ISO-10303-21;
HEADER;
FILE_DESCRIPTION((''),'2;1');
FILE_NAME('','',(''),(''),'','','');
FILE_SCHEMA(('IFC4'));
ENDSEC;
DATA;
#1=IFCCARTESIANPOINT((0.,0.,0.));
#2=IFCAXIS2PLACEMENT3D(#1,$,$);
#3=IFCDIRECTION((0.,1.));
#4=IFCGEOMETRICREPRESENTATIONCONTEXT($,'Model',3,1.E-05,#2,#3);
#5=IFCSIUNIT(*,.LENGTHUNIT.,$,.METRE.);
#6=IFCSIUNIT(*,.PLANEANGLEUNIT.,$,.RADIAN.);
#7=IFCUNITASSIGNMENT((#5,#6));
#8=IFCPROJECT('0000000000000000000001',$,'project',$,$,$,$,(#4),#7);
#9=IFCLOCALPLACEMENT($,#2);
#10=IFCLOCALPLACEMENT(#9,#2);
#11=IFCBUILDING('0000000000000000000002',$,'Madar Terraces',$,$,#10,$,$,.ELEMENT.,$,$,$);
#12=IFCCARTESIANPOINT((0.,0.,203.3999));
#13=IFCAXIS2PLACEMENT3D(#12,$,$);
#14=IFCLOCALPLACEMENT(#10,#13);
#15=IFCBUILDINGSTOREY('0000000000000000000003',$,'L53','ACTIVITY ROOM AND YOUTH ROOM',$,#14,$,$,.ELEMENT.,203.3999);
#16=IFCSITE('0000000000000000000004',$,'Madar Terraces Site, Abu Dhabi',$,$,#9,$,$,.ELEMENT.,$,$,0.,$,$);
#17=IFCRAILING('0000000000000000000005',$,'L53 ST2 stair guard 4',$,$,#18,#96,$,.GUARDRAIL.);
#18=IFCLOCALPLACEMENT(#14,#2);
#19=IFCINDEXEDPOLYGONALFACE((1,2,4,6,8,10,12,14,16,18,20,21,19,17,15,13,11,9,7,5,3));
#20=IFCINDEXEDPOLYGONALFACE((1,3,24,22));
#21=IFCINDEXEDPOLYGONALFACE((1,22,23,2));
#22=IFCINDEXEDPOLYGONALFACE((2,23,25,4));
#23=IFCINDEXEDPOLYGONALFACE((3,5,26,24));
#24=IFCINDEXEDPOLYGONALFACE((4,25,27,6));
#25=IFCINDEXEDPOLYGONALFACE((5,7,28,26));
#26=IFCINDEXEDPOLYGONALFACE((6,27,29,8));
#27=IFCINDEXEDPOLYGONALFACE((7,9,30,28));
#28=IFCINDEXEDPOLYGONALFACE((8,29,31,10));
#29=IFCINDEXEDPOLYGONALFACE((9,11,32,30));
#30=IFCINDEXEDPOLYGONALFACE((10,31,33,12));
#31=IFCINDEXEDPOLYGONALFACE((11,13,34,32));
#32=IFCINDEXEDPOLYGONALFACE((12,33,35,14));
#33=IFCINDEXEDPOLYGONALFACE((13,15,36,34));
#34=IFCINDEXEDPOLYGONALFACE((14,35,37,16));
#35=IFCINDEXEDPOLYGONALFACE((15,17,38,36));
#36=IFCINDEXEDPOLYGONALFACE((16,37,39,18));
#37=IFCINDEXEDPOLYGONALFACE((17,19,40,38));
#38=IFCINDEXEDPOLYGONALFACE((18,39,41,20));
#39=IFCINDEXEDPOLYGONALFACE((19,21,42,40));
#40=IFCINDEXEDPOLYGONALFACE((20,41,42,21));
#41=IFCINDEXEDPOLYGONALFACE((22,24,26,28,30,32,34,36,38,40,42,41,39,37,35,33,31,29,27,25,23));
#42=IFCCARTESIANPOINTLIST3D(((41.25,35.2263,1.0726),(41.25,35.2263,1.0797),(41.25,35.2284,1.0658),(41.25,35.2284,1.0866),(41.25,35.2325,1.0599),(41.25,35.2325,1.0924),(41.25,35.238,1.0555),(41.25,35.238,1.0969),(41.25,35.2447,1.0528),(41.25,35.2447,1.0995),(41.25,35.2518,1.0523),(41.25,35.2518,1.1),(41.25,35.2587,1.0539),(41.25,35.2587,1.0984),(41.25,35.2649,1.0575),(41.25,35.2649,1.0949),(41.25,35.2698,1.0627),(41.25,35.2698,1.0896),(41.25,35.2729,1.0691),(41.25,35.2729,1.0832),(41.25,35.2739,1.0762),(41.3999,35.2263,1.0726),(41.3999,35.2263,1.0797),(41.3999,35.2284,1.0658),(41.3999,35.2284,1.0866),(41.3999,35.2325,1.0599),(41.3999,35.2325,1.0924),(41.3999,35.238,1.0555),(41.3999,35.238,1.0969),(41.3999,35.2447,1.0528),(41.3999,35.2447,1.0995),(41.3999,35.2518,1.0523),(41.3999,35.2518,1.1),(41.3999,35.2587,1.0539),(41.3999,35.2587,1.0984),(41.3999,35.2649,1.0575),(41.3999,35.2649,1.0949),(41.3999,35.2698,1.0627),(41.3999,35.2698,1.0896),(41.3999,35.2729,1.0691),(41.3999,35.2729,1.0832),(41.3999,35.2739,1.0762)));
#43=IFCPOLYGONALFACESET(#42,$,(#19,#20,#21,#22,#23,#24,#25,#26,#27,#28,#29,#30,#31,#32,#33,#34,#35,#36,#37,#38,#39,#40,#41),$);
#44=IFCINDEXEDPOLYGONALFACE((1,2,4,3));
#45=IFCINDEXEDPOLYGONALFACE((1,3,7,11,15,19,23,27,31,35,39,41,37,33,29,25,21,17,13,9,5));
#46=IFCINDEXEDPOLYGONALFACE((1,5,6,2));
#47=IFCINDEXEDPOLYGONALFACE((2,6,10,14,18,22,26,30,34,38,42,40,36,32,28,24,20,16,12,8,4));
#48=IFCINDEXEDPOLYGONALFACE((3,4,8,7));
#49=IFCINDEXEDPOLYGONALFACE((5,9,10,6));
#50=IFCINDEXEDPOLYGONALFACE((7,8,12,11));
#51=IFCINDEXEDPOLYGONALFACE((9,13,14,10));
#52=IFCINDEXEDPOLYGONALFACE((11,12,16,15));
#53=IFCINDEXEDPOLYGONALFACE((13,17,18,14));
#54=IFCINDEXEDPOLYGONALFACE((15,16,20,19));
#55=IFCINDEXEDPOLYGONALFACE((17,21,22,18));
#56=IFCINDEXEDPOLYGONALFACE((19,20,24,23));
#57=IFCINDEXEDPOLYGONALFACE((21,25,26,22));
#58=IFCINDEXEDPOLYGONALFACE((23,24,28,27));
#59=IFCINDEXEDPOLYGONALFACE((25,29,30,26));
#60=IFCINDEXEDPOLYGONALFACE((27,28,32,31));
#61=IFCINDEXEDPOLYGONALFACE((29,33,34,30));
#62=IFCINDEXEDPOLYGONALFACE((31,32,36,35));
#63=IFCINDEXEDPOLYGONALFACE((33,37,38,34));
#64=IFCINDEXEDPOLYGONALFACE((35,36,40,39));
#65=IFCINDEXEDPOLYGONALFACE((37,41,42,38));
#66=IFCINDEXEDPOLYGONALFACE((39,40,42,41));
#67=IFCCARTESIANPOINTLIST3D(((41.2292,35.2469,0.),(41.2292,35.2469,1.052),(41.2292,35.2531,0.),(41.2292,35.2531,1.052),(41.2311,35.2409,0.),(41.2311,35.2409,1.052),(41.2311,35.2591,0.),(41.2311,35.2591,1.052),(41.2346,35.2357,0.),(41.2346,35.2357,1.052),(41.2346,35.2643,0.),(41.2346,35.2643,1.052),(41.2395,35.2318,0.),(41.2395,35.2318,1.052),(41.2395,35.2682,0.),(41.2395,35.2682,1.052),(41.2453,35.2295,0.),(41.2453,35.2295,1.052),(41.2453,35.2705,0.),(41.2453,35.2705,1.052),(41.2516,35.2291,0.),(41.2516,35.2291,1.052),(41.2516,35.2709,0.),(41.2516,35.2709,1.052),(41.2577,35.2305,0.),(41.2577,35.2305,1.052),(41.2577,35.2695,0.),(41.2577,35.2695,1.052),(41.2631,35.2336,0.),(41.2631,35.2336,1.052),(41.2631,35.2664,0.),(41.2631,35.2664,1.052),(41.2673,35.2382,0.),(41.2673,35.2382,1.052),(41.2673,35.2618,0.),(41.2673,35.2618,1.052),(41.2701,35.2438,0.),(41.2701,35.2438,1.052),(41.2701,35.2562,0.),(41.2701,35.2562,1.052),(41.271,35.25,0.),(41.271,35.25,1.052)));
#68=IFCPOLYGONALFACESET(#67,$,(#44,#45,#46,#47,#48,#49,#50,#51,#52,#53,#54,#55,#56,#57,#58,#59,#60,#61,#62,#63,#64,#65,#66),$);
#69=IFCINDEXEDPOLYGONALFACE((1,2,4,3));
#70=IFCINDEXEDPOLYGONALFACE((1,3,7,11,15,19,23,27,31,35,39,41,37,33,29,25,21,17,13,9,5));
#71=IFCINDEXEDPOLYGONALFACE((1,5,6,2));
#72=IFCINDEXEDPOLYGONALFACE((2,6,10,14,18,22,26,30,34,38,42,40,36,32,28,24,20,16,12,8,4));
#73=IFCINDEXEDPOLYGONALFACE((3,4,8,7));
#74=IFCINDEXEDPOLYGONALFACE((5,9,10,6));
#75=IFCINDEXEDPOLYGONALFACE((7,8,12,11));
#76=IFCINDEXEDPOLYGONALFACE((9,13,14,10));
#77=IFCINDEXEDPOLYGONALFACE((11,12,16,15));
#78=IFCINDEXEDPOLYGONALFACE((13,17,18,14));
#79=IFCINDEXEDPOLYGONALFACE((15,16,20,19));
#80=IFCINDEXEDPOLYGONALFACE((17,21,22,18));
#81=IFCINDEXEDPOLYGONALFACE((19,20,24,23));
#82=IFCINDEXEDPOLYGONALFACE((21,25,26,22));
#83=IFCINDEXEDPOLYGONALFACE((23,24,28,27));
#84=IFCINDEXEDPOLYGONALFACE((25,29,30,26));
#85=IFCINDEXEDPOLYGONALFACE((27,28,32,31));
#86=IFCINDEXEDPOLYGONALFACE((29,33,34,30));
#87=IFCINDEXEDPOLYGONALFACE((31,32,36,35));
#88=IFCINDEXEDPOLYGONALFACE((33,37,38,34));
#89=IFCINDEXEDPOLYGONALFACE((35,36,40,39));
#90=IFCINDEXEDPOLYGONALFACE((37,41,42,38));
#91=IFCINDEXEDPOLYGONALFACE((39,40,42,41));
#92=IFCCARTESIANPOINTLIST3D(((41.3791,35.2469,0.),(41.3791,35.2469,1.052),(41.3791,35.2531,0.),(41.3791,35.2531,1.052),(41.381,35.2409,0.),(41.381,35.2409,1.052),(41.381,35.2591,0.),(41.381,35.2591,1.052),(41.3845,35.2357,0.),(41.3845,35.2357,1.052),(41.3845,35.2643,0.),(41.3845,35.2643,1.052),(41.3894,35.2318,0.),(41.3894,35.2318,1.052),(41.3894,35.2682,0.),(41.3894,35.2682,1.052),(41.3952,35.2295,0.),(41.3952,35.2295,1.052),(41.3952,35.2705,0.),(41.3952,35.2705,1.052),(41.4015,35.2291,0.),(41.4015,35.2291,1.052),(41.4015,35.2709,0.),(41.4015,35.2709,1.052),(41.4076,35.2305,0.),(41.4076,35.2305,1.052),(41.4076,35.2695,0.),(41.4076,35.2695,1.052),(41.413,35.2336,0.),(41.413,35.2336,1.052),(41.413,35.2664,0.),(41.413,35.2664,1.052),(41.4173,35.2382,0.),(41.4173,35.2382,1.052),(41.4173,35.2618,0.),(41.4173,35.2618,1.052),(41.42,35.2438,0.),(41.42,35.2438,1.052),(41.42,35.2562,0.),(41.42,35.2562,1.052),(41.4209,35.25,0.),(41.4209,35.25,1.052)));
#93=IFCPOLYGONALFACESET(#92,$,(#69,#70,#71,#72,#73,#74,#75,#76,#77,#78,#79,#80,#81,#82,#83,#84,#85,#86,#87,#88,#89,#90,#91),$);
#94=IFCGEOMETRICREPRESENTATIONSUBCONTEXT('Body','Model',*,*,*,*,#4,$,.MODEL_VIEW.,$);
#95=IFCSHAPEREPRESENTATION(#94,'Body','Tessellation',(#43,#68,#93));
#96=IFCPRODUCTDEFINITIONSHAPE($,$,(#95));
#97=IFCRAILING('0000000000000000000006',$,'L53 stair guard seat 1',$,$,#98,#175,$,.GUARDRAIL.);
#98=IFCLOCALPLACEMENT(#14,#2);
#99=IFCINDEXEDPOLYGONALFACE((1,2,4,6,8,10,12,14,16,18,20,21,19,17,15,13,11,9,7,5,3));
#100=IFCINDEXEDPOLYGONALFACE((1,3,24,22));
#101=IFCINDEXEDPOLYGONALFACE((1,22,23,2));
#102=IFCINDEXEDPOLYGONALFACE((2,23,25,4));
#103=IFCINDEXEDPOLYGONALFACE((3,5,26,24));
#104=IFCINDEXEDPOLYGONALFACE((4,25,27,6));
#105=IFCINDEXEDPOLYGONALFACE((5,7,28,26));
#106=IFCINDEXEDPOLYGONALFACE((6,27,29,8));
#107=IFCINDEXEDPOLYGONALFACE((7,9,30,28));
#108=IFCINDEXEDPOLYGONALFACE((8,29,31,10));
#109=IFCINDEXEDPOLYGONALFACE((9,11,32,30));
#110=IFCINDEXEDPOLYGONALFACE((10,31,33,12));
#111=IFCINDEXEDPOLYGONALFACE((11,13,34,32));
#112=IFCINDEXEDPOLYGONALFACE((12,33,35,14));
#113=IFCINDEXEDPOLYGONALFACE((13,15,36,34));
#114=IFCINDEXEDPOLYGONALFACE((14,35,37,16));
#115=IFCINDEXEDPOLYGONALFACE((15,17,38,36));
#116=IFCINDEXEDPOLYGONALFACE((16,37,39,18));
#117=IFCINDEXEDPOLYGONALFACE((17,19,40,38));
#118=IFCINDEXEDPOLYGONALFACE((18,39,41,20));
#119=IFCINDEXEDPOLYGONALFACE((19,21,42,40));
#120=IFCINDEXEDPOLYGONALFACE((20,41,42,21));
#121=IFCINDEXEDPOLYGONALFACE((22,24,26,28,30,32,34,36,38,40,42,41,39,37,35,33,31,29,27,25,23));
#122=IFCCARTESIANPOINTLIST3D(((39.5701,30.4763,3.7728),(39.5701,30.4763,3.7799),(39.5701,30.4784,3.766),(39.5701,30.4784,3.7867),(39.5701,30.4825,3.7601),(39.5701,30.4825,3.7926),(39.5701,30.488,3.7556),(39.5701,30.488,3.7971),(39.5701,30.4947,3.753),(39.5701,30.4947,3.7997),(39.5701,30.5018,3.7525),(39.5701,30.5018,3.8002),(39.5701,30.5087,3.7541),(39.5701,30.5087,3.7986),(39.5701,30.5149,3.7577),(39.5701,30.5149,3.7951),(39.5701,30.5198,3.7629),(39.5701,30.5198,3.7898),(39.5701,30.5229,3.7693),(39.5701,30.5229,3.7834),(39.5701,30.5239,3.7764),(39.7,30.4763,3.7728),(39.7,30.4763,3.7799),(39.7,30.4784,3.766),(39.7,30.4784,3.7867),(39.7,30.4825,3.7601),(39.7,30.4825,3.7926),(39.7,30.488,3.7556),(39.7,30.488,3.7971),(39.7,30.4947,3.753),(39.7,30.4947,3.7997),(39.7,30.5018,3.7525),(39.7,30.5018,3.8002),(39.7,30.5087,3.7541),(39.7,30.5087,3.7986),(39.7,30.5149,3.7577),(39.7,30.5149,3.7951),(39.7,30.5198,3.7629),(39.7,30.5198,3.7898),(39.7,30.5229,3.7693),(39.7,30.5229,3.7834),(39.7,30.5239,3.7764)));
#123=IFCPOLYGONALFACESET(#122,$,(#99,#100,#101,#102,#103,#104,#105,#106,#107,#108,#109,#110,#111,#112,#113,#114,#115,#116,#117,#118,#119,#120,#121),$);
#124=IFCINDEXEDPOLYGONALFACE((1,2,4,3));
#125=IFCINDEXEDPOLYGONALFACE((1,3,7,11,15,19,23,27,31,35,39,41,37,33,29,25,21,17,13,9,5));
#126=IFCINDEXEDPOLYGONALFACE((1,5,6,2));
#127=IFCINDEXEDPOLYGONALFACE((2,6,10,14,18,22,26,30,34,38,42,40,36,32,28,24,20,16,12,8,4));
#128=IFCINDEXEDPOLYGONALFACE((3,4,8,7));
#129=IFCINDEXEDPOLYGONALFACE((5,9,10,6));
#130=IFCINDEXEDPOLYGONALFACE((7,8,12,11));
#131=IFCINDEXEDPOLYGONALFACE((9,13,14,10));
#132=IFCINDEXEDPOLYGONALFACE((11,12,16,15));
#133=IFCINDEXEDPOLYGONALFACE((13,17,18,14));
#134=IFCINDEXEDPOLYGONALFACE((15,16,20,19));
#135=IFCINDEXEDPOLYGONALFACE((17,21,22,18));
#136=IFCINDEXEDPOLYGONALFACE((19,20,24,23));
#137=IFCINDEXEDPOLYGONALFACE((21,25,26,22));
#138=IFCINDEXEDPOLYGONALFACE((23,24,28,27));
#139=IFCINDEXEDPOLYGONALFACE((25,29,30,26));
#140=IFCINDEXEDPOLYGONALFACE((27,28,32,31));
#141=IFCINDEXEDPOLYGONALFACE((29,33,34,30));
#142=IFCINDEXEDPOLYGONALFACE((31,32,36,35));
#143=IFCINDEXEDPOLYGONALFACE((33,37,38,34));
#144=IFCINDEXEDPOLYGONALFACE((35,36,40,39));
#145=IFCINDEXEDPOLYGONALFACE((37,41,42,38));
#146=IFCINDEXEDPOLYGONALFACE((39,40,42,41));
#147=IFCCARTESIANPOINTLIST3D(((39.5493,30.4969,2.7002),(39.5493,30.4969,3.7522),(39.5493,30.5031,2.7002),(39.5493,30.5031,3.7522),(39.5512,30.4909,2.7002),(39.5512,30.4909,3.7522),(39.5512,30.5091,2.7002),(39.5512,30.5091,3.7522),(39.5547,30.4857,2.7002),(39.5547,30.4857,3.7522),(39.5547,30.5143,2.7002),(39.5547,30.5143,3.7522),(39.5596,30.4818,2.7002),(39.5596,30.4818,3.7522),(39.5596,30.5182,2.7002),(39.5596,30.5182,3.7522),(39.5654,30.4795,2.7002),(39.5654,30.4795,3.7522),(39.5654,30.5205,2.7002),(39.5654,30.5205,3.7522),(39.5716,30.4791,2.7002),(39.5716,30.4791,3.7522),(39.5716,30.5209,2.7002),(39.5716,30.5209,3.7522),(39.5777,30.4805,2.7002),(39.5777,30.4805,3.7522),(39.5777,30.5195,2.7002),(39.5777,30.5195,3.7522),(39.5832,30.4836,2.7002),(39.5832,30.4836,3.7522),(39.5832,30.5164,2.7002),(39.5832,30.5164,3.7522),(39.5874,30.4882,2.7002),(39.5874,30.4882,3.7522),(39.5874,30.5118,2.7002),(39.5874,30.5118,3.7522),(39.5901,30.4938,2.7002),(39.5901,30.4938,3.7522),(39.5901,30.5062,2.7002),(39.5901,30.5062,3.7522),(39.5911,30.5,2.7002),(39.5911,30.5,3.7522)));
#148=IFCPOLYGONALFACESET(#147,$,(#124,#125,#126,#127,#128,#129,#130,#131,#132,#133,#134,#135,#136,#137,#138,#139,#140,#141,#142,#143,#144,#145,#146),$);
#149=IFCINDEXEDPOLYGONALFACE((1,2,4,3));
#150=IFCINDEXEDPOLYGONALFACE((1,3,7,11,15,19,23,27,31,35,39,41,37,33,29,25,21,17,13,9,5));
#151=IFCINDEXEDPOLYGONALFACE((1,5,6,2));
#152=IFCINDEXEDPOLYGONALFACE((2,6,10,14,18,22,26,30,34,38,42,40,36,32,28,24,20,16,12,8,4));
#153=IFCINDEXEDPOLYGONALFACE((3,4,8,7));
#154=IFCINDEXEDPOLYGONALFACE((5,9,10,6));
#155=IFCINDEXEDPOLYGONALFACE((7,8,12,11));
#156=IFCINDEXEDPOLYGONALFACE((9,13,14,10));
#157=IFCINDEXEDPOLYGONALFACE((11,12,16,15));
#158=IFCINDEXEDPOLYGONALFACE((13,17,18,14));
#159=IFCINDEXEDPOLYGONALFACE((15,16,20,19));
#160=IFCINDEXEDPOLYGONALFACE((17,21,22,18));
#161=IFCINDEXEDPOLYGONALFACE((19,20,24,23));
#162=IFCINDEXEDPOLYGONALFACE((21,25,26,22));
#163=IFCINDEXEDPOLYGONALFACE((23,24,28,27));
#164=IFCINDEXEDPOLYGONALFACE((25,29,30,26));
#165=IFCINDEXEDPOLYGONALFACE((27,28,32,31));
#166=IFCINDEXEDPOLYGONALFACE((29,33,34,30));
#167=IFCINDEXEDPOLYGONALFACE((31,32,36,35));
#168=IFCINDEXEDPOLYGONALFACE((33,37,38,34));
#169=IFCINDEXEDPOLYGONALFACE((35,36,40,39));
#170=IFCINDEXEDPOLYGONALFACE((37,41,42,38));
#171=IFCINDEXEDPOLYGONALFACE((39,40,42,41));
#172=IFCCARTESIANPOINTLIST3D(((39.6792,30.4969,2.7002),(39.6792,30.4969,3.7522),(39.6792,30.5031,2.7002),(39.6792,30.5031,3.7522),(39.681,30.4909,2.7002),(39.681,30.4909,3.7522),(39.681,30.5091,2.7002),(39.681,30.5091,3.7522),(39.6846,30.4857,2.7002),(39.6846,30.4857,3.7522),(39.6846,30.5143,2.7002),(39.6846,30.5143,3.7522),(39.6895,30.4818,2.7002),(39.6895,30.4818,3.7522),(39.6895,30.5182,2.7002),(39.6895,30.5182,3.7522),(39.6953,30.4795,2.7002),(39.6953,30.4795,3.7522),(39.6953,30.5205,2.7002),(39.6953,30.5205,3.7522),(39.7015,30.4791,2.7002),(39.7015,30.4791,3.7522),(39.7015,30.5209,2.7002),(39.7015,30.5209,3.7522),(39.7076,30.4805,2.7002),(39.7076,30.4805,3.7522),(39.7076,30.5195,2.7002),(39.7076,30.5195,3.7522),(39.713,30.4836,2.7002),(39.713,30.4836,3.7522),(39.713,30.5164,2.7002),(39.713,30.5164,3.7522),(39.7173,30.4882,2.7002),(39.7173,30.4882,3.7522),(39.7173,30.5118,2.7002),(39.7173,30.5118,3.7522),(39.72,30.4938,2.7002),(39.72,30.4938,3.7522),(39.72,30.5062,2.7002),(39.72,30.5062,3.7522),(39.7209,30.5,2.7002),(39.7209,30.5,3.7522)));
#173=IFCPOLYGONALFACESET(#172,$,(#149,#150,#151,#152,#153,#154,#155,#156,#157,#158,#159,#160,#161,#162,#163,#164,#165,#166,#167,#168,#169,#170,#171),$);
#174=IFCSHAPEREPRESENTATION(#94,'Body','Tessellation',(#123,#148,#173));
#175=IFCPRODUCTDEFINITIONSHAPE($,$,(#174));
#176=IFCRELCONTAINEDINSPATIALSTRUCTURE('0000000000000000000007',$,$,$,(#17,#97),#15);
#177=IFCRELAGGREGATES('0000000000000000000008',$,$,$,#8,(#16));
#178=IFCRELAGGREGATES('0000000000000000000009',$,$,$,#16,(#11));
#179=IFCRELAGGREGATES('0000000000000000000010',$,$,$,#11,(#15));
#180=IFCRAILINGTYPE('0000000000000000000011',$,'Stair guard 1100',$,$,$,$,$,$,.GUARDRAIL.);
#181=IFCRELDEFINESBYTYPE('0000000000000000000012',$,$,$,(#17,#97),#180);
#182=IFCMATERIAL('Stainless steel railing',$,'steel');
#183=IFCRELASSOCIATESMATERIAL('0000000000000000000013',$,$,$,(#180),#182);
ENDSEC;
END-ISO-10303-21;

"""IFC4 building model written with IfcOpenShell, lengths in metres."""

from ifc_helpers import new_model, si_unit, direction, frame, origin, origin_2d, place, context, subcontext, project, spatial, circle, extrude, material, type_object, element, save


model = new_model("IFC4")

# Units and contexts
model_context = context("Model", 3, precision=1e-05, world=origin(), true_north=direction((0.0, 1.0)))
body_context = subcontext(model_context, "Body", "Model", "MODEL_VIEW")
ifc_project = project(units=[si_unit("LENGTHUNIT", "METRE"), si_unit("PLANEANGLEUNIT", "RADIAN")], contexts=[model_context])

# Site, building, storey
site_placement = place(None, origin())
site = spatial("IfcSite", under=ifc_project, at=site_placement, Name="Madar Terraces Site, Abu Dhabi", CompositionType="ELEMENT", RefElevation=0.0)
building_placement = place(site_placement, origin())
building = spatial("IfcBuilding", under=site, at=building_placement, Name="Madar Terraces", CompositionType="ELEMENT")
storey_placement = place(building_placement, frame((0.0, 0.0, 203.3999)))
storey = spatial("IfcBuildingStorey", under=building, at=storey_placement, Name="L53", Description="ACTIVITY ROOM AND YOUTH ROOM", CompositionType="ELEMENT", Elevation=203.3999)

# Railings
ifc_material_1 = material(Name="Stainless steel railing", Category="steel")
railing_type_1 = type_object("IfcRailingType", Name="Stair guard 1100", PredefinedType="GUARDRAIL", material=ifc_material_1)
railing_1_placement = place(storey_placement, frame((41.25, 35.25, 0.0)))
element("IfcRailing", 1, at=railing_1_placement, inside=storey, type_object=railing_type_1, Name="L53 ST2 stair guard 4", PredefinedType="GUARDRAIL", context=body_context, shape_type="SweptSolid", body=[
    extrude(circle(Radius=0.0239, at=origin_2d()), frame((0.0, 0.0, 1.0762), z_axis=(1.0, 0.0, 0.0), x_axis=(0.0, 1.0, 0.0)), (0.0, 0.0, 1.0), 0.1499),
    extrude(circle(Radius=0.021, at=origin_2d()), origin(), (0.0, 0.0, 1.0), 1.052),
    extrude(circle(Radius=0.021, at=origin_2d()), frame((0.1499, 0.0, 0.0)), (0.0, 0.0, 1.0), 1.052),
])
railing_2_placement = place(storey_placement, frame((39.5701, 30.5, 2.7002)))
element("IfcRailing", 2, at=railing_2_placement, inside=storey, type_object=railing_type_1, Name="L53 stair guard seat 1", PredefinedType="GUARDRAIL", context=body_context, shape_type="SweptSolid", body=[
    extrude(circle(Radius=0.0239, at=origin_2d()), frame((0.0, 0.0, 1.0762), z_axis=(1.0, 0.0, 0.0), x_axis=(0.0, 1.0, 0.0)), (0.0, 0.0, 1.0), 0.1299),
    extrude(circle(Radius=0.021, at=origin_2d()), origin(), (0.0, 0.0, 1.0), 1.052),
    extrude(circle(Radius=0.021, at=origin_2d()), frame((0.1299, 0.0, 0.0)), (0.0, 0.0, 1.0), 1.052),
])

save(model, "model.ifc")
